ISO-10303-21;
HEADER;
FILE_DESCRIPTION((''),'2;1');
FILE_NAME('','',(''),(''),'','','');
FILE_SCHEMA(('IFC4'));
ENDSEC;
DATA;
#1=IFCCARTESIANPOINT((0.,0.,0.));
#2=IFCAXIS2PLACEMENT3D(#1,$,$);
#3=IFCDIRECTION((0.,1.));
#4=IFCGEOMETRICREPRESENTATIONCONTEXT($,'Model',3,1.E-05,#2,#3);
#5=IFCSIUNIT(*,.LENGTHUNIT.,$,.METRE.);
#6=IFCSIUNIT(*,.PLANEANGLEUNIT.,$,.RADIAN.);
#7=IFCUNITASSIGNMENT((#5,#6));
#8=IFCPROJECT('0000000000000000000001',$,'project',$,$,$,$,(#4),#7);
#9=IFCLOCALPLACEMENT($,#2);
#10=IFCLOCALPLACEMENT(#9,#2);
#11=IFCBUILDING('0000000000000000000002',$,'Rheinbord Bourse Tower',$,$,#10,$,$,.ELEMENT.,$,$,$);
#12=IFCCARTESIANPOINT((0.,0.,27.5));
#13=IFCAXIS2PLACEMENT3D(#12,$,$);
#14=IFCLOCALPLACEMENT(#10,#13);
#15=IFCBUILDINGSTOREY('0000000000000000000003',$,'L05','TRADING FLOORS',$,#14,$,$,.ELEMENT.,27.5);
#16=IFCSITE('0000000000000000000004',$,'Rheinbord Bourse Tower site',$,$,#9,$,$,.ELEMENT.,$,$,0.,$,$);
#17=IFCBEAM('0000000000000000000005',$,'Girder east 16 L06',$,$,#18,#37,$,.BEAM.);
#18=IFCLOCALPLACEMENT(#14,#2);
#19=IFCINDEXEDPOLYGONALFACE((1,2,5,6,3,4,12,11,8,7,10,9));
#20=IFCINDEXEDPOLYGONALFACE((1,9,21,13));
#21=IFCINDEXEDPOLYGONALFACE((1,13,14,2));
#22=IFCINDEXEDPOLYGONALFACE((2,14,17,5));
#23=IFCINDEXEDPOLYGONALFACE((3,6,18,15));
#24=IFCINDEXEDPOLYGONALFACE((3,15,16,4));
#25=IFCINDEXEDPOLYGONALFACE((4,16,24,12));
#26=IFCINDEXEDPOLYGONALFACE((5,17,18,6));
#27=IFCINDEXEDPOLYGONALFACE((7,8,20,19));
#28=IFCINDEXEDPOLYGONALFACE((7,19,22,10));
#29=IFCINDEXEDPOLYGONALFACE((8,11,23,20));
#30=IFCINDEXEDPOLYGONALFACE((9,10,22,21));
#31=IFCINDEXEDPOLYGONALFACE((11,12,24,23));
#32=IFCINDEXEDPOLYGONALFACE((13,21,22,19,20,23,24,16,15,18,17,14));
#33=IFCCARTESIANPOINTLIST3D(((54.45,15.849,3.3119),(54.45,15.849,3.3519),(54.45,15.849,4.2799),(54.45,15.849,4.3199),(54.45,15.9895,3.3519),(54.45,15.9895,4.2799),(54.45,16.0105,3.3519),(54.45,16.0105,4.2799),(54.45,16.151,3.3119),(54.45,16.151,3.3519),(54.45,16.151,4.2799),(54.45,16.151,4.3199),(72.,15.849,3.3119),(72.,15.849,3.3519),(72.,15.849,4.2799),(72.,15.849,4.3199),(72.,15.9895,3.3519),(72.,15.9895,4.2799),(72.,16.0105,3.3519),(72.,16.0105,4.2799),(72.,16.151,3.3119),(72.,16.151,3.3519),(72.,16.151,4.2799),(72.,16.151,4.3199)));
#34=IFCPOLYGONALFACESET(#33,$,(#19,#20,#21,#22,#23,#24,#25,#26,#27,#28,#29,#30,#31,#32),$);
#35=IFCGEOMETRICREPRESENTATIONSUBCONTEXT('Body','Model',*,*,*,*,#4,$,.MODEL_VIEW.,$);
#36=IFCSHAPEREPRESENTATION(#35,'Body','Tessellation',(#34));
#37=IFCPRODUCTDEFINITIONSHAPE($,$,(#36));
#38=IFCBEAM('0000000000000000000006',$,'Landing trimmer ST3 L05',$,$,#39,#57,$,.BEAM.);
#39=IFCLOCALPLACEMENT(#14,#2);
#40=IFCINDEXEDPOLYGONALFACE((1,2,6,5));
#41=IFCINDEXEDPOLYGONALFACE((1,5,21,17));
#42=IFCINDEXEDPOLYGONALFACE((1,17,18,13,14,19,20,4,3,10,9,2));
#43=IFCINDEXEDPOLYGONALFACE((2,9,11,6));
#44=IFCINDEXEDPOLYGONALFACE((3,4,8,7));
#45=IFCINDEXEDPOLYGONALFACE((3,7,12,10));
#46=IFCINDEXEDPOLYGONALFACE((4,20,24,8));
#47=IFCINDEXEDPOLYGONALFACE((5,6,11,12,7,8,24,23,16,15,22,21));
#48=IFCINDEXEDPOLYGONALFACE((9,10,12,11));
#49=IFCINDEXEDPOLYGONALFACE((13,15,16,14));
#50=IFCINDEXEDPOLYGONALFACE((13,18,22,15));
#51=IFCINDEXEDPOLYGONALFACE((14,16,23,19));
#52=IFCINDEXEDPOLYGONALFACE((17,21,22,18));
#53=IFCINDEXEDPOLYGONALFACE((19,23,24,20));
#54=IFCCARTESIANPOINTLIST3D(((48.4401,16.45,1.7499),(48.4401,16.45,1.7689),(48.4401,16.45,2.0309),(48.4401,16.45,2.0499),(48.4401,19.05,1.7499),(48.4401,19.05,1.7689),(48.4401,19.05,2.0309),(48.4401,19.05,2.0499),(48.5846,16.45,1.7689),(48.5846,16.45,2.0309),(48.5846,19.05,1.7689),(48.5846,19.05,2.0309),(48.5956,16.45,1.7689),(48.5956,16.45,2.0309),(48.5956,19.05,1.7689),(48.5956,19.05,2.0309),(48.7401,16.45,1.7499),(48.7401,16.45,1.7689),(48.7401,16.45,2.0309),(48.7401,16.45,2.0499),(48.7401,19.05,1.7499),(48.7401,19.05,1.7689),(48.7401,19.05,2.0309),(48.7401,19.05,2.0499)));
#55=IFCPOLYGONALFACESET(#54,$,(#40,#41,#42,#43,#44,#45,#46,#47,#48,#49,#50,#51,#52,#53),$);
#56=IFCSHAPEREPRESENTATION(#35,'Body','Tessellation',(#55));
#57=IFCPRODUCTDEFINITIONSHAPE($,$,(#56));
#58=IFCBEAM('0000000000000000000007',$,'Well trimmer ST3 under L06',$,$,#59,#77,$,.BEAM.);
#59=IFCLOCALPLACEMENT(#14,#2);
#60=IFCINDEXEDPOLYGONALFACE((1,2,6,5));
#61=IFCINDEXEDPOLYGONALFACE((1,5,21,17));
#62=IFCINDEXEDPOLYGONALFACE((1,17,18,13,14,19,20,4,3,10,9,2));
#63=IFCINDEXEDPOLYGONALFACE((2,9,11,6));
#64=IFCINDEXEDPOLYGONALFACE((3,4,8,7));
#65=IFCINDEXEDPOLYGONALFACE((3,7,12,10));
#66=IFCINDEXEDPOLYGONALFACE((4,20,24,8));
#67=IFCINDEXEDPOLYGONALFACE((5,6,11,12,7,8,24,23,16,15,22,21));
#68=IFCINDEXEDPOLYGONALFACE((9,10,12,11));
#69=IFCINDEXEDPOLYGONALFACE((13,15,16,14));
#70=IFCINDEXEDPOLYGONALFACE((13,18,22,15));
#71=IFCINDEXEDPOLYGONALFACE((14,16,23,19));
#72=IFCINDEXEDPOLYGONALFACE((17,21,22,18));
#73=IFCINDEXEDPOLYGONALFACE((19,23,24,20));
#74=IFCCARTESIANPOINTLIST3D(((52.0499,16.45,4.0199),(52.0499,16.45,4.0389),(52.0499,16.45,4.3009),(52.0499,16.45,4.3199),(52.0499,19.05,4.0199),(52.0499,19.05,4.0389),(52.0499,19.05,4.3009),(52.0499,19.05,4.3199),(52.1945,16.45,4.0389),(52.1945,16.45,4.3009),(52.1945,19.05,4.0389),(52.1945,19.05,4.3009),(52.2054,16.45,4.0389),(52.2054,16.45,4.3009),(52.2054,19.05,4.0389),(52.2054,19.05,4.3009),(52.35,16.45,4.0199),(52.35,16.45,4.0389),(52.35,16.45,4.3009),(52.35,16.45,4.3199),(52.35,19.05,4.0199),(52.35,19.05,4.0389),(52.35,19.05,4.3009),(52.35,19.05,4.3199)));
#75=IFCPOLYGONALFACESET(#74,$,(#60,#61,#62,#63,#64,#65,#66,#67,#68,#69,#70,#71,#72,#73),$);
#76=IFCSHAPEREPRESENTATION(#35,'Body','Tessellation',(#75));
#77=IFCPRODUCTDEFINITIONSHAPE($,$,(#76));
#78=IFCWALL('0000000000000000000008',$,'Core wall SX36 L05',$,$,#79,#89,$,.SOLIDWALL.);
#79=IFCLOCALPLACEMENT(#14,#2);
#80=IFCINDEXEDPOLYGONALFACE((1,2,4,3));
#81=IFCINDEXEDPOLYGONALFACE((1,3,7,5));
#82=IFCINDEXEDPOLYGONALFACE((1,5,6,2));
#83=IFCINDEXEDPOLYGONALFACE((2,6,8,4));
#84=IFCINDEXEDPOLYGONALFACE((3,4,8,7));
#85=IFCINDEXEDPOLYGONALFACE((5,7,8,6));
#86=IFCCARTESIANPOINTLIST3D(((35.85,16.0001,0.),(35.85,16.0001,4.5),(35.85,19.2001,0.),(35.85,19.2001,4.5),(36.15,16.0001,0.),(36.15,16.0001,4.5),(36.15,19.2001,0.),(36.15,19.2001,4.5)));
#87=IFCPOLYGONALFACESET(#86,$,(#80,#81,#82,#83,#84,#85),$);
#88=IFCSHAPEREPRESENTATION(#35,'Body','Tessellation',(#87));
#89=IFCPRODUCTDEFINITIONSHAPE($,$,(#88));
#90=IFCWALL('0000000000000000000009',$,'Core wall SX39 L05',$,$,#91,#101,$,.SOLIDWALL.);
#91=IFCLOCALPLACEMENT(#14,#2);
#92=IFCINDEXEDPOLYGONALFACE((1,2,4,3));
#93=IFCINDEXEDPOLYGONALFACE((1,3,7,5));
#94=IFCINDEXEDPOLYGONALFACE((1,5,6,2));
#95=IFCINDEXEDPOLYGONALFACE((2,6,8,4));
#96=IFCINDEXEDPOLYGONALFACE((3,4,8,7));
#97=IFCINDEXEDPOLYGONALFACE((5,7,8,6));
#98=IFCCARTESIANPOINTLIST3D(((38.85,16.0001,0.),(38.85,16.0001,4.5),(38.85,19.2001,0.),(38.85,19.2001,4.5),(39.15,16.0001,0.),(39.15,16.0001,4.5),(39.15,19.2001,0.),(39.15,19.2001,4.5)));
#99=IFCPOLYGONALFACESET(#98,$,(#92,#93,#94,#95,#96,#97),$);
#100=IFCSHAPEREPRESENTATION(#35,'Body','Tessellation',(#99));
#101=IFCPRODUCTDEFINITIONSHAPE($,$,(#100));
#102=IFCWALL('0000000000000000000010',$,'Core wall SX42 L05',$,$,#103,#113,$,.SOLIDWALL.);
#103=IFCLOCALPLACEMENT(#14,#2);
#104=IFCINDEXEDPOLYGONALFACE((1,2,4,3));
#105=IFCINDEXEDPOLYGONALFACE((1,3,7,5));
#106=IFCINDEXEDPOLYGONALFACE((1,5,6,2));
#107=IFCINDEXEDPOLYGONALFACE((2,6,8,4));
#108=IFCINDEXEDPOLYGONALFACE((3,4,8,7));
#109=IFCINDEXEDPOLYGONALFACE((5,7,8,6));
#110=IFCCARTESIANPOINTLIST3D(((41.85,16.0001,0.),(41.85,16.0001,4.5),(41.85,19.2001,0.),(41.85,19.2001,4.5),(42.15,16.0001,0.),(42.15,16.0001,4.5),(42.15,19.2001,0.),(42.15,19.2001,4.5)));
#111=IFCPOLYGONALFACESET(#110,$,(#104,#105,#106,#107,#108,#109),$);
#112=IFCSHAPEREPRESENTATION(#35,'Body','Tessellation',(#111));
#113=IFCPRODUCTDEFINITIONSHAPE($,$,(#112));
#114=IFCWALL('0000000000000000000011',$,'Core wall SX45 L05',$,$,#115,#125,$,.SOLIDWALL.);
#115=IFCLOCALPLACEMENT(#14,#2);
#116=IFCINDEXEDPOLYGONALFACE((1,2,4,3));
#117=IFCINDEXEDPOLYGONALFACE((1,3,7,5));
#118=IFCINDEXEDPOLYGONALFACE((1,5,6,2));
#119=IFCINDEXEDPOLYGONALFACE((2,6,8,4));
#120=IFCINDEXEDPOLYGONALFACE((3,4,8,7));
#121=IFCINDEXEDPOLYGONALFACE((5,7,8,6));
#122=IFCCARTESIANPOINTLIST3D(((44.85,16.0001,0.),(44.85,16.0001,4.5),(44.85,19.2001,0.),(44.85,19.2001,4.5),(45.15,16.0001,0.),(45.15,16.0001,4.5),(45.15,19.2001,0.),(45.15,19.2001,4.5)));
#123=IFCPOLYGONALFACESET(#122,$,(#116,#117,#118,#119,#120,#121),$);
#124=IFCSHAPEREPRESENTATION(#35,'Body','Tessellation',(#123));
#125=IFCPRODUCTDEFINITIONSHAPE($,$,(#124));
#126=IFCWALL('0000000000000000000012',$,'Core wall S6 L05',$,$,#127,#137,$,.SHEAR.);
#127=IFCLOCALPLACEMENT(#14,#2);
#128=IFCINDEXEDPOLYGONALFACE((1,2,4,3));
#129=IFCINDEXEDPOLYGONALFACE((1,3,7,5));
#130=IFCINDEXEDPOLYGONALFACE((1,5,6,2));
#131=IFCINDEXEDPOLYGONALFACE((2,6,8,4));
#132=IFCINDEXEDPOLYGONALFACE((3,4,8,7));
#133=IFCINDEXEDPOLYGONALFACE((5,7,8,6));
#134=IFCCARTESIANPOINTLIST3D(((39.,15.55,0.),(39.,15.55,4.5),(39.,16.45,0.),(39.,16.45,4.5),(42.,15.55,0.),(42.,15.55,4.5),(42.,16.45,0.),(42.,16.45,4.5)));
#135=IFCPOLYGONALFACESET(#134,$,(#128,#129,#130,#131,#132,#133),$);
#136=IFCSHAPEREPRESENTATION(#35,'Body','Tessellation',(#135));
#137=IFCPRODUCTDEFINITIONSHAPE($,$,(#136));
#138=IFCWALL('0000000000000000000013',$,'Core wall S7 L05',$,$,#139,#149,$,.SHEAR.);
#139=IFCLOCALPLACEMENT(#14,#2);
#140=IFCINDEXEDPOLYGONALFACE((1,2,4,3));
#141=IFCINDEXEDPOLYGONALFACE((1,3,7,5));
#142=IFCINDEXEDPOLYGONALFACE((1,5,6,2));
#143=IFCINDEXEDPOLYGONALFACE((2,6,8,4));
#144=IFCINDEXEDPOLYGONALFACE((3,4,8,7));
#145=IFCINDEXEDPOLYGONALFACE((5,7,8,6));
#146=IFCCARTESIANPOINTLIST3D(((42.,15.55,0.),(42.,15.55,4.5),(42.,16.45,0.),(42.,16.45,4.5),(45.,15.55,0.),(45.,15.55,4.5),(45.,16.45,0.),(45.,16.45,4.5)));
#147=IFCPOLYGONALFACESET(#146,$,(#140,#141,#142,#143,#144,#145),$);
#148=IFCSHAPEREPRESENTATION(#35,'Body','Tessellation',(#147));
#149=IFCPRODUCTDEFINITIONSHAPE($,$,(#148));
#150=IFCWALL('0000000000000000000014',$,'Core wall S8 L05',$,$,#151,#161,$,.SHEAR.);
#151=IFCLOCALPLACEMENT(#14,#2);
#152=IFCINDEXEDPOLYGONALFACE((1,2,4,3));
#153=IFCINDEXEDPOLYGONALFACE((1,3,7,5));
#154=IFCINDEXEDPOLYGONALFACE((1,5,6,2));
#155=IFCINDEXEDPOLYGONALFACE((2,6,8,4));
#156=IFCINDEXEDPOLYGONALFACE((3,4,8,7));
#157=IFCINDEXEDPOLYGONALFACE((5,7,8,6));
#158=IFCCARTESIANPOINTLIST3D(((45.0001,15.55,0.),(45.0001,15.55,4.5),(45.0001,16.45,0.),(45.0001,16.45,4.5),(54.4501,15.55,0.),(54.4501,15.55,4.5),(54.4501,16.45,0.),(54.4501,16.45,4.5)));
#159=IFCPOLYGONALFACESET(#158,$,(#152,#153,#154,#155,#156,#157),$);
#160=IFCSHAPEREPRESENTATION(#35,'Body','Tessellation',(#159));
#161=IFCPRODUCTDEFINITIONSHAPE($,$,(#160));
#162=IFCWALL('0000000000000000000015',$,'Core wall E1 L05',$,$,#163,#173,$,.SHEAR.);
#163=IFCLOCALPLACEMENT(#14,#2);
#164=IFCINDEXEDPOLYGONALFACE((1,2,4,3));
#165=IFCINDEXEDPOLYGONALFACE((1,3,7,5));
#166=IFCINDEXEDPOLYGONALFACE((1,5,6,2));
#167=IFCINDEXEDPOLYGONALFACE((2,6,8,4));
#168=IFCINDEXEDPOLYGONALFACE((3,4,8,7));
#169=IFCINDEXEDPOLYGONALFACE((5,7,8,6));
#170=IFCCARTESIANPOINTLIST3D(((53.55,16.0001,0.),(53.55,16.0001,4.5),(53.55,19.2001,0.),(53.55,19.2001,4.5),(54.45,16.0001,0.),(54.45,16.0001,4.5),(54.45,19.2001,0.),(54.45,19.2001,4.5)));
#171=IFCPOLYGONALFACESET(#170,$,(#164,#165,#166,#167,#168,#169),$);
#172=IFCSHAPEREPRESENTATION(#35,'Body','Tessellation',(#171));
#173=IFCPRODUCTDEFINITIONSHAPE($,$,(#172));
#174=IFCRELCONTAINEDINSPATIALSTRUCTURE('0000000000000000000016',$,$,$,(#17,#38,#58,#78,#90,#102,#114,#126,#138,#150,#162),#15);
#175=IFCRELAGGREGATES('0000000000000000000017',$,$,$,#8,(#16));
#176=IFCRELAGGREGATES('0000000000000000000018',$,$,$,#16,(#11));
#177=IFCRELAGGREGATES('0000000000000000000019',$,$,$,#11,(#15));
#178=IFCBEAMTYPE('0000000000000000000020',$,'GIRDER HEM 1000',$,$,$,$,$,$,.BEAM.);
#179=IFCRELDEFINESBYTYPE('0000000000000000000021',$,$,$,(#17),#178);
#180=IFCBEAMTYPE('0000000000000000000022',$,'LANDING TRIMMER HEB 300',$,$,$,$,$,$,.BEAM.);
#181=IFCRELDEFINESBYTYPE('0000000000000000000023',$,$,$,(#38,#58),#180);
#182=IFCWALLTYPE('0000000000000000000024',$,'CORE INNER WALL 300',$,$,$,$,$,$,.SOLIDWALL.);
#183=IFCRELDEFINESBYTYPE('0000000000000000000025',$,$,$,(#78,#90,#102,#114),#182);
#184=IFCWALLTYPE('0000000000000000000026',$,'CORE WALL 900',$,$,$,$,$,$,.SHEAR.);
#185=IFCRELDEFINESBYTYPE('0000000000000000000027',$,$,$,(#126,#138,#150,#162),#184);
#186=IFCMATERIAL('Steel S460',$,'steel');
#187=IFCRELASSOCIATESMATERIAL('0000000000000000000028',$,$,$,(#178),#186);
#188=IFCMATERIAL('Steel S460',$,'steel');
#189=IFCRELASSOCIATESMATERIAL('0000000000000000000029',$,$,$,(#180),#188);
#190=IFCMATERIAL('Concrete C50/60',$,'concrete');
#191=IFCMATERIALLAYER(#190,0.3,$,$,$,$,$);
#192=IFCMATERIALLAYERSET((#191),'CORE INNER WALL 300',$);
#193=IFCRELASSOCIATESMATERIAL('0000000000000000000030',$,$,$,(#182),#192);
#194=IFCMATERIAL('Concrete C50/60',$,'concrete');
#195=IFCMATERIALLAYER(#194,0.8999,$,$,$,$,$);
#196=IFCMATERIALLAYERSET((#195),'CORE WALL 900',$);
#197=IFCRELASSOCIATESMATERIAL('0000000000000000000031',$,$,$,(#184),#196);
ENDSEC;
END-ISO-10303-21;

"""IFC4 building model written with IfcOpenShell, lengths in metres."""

from ifc_helpers import new_model, si_unit, direction, frame, frame_2d, origin, origin_2d, place, context, subcontext, project, spatial, rectangle, i_section, extrude, material, layer, layer_set, material_profile, profile_set, type_object, element, save


model = new_model("IFC4")

# Units and contexts
model_context = context("Model", 3, precision=1e-05, world=origin(), true_north=direction((0.0, 1.0)))
body_context = subcontext(model_context, "Body", "Model", "MODEL_VIEW")
ifc_project = project(units=[si_unit("LENGTHUNIT", "METRE"), si_unit("PLANEANGLEUNIT", "RADIAN")], contexts=[model_context])

# Site, building, storey
site_placement = place(None, origin())
site = spatial("IfcSite", under=ifc_project, at=site_placement, Name="Rheinbord Bourse Tower site", CompositionType="ELEMENT", RefElevation=0.0)
building_placement = place(site_placement, origin())
building = spatial("IfcBuilding", under=site, at=building_placement, Name="Rheinbord Bourse Tower", CompositionType="ELEMENT")
storey_placement = place(building_placement, frame((0.0, 0.0, 27.5)))
storey = spatial("IfcBuildingStorey", under=building, at=storey_placement, Name="L05", Description="TRADING FLOORS", CompositionType="ELEMENT", Elevation=27.5)

# Beams
ifc_material_1 = material(Name="Steel S460", Category="steel")
ifc_material_profile_1 = material_profile(ifc_material_1, i_section(OverallWidth=0.302, OverallDepth=1.0081, WebThickness=0.021, FlangeThickness=0.04, at=origin_2d()), Name="HEM 1000")
ifc_profile_set_1 = profile_set([ifc_material_profile_1], Name="Steel S460")
beam_type_1 = type_object("IfcBeamType", Name="GIRDER HEM 1000", PredefinedType="BEAM", material=ifc_profile_set_1)
beam_placement = place(storey_placement, frame((54.45, 16.0, 3.8159), z_axis=(1.0, 0.0, 0.0), x_axis=(0.0, 1.0, 0.0)))
element("IfcBeam", 1, at=beam_placement, inside=storey, type_object=beam_type_1, Name="Girder east 16 L06", PredefinedType="BEAM", context=body_context, shape_type="SweptSolid", body=[
    extrude(i_section(OverallWidth=0.302, OverallDepth=1.0081, WebThickness=0.021, FlangeThickness=0.04, at=origin_2d()), origin(), (0.0, 0.0, 1.0), 17.55),
])
ifc_material_2 = material(Name="Steel S460", Category="steel")
ifc_material_profile_2 = material_profile(ifc_material_2, i_section(OverallWidth=0.3, OverallDepth=0.3, WebThickness=0.011, FlangeThickness=0.019, at=origin_2d()), Name="HEB 300")
ifc_profile_set_2 = profile_set([ifc_material_profile_2], Name="Steel S460")
beam_type_2 = type_object("IfcBeamType", Name="LANDING TRIMMER HEB 300", PredefinedType="BEAM", material=ifc_profile_set_2)
for number, where, z_axis, x_axis, name in (
    (2, (48.5901, 16.45, 1.8999), (0.0, 1.0, 0.0), (-1.0, 0.0, 0.0), "Landing trimmer ST3 L05"),
    (3, (52.2, 16.45, 4.1699), (0.0, 1.0, 0.0), (-1.0, 0.0, 0.0), "Well trimmer ST3 under L06"),
):
    element("IfcBeam", number, at=place(storey_placement, frame(where, z_axis=z_axis, x_axis=x_axis)), inside=storey, type_object=beam_type_2, Name=name, PredefinedType="BEAM", context=body_context, shape_type="SweptSolid", body=[
        extrude(i_section(OverallWidth=0.3, OverallDepth=0.3, WebThickness=0.011, FlangeThickness=0.019, at=origin_2d()), origin(), (0.0, 0.0, 1.0), 2.6001),
    ])

# Walls
ifc_material_3 = material(Name="Concrete C50/60", Category="concrete")
ifc_layer_1 = layer(ifc_material_3, 0.3)
ifc_layer_set_1 = layer_set([ifc_layer_1], Name="CORE INNER WALL 300")
wall_type_1 = type_object("IfcWallType", Name="CORE INNER WALL 300", PredefinedType="SOLIDWALL", material=ifc_layer_set_1)
for number, where, z_axis, x_axis, name in (
    (4, (36.0, 16.0, 0.0), (0.0, 0.0, 1.0), (0.0, 1.0, 0.0), "Core wall SX36 L05"),
    (5, (39.0, 16.0, 0.0), (0.0, 0.0, 1.0), (0.0, 1.0, 0.0), "Core wall SX39 L05"),
    (6, (42.0, 16.0, 0.0), (0.0, 0.0, 1.0), (0.0, 1.0, 0.0), "Core wall SX42 L05"),
    (7, (45.0, 16.0, 0.0), (0.0, 0.0, 1.0), (0.0, 1.0, 0.0), "Core wall SX45 L05"),
):
    element("IfcWall", number, at=place(storey_placement, frame(where, z_axis=z_axis, x_axis=x_axis)), inside=storey, type_object=wall_type_1, Name=name, PredefinedType="SOLIDWALL", context=body_context, shape_type="SweptSolid", body=[
        extrude(rectangle(XDim=3.2, YDim=0.3, at=frame_2d((1.6001, 0.0))), origin(), (0.0, 0.0, 1.0), 4.5),
    ])
ifc_material_4 = material(Name="Concrete C50/60", Category="concrete")
ifc_layer_2 = layer(ifc_material_4, 0.8999)
ifc_layer_set_2 = layer_set([ifc_layer_2], Name="CORE WALL 900")
wall_type_2 = type_object("IfcWallType", Name="CORE WALL 900", PredefinedType="SHEAR", material=ifc_layer_set_2)
for number, where, z_axis, x_axis, name in (
    (8, (39.0, 16.0, 0.0), (0.0, 0.0, 1.0), (1.0, 0.0, 0.0), "Core wall S6 L05"),
    (9, (42.0, 16.0, 0.0), (0.0, 0.0, 1.0), (1.0, 0.0, 0.0), "Core wall S7 L05"),
):
    element("IfcWall", number, at=place(storey_placement, frame(where, z_axis=z_axis, x_axis=x_axis)), inside=storey, type_object=wall_type_2, Name=name, PredefinedType="SHEAR", context=body_context, shape_type="SweptSolid", body=[
        extrude(rectangle(XDim=3.0, YDim=0.8999, at=frame_2d((1.5, 0.0))), origin(), (0.0, 0.0, 1.0), 4.5),
    ])
wall_1_placement = place(storey_placement, frame((45.0, 16.0, 0.0), z_axis=(0.0, 0.0, 1.0), x_axis=(1.0, 0.0, 0.0)))
element("IfcWall", 10, at=wall_1_placement, inside=storey, type_object=wall_type_2, Name="Core wall S8 L05", PredefinedType="SHEAR", context=body_context, shape_type="SweptSolid", body=[
    extrude(rectangle(XDim=9.45, YDim=0.8999, at=frame_2d((4.7251, 0.0))), origin(), (0.0, 0.0, 1.0), 4.5),
])
wall_2_placement = place(storey_placement, frame((54.0, 16.0, 0.0), z_axis=(0.0, 0.0, 1.0), x_axis=(0.0, 1.0, 0.0)))
element("IfcWall", 11, at=wall_2_placement, inside=storey, type_object=wall_type_2, Name="Core wall E1 L05", PredefinedType="SHEAR", context=body_context, shape_type="SweptSolid", body=[
    extrude(rectangle(XDim=3.2, YDim=0.8999, at=frame_2d((1.6001, 0.0))), origin(), (0.0, 0.0, 1.0), 4.5),
])

save(model, "model.ifc")
